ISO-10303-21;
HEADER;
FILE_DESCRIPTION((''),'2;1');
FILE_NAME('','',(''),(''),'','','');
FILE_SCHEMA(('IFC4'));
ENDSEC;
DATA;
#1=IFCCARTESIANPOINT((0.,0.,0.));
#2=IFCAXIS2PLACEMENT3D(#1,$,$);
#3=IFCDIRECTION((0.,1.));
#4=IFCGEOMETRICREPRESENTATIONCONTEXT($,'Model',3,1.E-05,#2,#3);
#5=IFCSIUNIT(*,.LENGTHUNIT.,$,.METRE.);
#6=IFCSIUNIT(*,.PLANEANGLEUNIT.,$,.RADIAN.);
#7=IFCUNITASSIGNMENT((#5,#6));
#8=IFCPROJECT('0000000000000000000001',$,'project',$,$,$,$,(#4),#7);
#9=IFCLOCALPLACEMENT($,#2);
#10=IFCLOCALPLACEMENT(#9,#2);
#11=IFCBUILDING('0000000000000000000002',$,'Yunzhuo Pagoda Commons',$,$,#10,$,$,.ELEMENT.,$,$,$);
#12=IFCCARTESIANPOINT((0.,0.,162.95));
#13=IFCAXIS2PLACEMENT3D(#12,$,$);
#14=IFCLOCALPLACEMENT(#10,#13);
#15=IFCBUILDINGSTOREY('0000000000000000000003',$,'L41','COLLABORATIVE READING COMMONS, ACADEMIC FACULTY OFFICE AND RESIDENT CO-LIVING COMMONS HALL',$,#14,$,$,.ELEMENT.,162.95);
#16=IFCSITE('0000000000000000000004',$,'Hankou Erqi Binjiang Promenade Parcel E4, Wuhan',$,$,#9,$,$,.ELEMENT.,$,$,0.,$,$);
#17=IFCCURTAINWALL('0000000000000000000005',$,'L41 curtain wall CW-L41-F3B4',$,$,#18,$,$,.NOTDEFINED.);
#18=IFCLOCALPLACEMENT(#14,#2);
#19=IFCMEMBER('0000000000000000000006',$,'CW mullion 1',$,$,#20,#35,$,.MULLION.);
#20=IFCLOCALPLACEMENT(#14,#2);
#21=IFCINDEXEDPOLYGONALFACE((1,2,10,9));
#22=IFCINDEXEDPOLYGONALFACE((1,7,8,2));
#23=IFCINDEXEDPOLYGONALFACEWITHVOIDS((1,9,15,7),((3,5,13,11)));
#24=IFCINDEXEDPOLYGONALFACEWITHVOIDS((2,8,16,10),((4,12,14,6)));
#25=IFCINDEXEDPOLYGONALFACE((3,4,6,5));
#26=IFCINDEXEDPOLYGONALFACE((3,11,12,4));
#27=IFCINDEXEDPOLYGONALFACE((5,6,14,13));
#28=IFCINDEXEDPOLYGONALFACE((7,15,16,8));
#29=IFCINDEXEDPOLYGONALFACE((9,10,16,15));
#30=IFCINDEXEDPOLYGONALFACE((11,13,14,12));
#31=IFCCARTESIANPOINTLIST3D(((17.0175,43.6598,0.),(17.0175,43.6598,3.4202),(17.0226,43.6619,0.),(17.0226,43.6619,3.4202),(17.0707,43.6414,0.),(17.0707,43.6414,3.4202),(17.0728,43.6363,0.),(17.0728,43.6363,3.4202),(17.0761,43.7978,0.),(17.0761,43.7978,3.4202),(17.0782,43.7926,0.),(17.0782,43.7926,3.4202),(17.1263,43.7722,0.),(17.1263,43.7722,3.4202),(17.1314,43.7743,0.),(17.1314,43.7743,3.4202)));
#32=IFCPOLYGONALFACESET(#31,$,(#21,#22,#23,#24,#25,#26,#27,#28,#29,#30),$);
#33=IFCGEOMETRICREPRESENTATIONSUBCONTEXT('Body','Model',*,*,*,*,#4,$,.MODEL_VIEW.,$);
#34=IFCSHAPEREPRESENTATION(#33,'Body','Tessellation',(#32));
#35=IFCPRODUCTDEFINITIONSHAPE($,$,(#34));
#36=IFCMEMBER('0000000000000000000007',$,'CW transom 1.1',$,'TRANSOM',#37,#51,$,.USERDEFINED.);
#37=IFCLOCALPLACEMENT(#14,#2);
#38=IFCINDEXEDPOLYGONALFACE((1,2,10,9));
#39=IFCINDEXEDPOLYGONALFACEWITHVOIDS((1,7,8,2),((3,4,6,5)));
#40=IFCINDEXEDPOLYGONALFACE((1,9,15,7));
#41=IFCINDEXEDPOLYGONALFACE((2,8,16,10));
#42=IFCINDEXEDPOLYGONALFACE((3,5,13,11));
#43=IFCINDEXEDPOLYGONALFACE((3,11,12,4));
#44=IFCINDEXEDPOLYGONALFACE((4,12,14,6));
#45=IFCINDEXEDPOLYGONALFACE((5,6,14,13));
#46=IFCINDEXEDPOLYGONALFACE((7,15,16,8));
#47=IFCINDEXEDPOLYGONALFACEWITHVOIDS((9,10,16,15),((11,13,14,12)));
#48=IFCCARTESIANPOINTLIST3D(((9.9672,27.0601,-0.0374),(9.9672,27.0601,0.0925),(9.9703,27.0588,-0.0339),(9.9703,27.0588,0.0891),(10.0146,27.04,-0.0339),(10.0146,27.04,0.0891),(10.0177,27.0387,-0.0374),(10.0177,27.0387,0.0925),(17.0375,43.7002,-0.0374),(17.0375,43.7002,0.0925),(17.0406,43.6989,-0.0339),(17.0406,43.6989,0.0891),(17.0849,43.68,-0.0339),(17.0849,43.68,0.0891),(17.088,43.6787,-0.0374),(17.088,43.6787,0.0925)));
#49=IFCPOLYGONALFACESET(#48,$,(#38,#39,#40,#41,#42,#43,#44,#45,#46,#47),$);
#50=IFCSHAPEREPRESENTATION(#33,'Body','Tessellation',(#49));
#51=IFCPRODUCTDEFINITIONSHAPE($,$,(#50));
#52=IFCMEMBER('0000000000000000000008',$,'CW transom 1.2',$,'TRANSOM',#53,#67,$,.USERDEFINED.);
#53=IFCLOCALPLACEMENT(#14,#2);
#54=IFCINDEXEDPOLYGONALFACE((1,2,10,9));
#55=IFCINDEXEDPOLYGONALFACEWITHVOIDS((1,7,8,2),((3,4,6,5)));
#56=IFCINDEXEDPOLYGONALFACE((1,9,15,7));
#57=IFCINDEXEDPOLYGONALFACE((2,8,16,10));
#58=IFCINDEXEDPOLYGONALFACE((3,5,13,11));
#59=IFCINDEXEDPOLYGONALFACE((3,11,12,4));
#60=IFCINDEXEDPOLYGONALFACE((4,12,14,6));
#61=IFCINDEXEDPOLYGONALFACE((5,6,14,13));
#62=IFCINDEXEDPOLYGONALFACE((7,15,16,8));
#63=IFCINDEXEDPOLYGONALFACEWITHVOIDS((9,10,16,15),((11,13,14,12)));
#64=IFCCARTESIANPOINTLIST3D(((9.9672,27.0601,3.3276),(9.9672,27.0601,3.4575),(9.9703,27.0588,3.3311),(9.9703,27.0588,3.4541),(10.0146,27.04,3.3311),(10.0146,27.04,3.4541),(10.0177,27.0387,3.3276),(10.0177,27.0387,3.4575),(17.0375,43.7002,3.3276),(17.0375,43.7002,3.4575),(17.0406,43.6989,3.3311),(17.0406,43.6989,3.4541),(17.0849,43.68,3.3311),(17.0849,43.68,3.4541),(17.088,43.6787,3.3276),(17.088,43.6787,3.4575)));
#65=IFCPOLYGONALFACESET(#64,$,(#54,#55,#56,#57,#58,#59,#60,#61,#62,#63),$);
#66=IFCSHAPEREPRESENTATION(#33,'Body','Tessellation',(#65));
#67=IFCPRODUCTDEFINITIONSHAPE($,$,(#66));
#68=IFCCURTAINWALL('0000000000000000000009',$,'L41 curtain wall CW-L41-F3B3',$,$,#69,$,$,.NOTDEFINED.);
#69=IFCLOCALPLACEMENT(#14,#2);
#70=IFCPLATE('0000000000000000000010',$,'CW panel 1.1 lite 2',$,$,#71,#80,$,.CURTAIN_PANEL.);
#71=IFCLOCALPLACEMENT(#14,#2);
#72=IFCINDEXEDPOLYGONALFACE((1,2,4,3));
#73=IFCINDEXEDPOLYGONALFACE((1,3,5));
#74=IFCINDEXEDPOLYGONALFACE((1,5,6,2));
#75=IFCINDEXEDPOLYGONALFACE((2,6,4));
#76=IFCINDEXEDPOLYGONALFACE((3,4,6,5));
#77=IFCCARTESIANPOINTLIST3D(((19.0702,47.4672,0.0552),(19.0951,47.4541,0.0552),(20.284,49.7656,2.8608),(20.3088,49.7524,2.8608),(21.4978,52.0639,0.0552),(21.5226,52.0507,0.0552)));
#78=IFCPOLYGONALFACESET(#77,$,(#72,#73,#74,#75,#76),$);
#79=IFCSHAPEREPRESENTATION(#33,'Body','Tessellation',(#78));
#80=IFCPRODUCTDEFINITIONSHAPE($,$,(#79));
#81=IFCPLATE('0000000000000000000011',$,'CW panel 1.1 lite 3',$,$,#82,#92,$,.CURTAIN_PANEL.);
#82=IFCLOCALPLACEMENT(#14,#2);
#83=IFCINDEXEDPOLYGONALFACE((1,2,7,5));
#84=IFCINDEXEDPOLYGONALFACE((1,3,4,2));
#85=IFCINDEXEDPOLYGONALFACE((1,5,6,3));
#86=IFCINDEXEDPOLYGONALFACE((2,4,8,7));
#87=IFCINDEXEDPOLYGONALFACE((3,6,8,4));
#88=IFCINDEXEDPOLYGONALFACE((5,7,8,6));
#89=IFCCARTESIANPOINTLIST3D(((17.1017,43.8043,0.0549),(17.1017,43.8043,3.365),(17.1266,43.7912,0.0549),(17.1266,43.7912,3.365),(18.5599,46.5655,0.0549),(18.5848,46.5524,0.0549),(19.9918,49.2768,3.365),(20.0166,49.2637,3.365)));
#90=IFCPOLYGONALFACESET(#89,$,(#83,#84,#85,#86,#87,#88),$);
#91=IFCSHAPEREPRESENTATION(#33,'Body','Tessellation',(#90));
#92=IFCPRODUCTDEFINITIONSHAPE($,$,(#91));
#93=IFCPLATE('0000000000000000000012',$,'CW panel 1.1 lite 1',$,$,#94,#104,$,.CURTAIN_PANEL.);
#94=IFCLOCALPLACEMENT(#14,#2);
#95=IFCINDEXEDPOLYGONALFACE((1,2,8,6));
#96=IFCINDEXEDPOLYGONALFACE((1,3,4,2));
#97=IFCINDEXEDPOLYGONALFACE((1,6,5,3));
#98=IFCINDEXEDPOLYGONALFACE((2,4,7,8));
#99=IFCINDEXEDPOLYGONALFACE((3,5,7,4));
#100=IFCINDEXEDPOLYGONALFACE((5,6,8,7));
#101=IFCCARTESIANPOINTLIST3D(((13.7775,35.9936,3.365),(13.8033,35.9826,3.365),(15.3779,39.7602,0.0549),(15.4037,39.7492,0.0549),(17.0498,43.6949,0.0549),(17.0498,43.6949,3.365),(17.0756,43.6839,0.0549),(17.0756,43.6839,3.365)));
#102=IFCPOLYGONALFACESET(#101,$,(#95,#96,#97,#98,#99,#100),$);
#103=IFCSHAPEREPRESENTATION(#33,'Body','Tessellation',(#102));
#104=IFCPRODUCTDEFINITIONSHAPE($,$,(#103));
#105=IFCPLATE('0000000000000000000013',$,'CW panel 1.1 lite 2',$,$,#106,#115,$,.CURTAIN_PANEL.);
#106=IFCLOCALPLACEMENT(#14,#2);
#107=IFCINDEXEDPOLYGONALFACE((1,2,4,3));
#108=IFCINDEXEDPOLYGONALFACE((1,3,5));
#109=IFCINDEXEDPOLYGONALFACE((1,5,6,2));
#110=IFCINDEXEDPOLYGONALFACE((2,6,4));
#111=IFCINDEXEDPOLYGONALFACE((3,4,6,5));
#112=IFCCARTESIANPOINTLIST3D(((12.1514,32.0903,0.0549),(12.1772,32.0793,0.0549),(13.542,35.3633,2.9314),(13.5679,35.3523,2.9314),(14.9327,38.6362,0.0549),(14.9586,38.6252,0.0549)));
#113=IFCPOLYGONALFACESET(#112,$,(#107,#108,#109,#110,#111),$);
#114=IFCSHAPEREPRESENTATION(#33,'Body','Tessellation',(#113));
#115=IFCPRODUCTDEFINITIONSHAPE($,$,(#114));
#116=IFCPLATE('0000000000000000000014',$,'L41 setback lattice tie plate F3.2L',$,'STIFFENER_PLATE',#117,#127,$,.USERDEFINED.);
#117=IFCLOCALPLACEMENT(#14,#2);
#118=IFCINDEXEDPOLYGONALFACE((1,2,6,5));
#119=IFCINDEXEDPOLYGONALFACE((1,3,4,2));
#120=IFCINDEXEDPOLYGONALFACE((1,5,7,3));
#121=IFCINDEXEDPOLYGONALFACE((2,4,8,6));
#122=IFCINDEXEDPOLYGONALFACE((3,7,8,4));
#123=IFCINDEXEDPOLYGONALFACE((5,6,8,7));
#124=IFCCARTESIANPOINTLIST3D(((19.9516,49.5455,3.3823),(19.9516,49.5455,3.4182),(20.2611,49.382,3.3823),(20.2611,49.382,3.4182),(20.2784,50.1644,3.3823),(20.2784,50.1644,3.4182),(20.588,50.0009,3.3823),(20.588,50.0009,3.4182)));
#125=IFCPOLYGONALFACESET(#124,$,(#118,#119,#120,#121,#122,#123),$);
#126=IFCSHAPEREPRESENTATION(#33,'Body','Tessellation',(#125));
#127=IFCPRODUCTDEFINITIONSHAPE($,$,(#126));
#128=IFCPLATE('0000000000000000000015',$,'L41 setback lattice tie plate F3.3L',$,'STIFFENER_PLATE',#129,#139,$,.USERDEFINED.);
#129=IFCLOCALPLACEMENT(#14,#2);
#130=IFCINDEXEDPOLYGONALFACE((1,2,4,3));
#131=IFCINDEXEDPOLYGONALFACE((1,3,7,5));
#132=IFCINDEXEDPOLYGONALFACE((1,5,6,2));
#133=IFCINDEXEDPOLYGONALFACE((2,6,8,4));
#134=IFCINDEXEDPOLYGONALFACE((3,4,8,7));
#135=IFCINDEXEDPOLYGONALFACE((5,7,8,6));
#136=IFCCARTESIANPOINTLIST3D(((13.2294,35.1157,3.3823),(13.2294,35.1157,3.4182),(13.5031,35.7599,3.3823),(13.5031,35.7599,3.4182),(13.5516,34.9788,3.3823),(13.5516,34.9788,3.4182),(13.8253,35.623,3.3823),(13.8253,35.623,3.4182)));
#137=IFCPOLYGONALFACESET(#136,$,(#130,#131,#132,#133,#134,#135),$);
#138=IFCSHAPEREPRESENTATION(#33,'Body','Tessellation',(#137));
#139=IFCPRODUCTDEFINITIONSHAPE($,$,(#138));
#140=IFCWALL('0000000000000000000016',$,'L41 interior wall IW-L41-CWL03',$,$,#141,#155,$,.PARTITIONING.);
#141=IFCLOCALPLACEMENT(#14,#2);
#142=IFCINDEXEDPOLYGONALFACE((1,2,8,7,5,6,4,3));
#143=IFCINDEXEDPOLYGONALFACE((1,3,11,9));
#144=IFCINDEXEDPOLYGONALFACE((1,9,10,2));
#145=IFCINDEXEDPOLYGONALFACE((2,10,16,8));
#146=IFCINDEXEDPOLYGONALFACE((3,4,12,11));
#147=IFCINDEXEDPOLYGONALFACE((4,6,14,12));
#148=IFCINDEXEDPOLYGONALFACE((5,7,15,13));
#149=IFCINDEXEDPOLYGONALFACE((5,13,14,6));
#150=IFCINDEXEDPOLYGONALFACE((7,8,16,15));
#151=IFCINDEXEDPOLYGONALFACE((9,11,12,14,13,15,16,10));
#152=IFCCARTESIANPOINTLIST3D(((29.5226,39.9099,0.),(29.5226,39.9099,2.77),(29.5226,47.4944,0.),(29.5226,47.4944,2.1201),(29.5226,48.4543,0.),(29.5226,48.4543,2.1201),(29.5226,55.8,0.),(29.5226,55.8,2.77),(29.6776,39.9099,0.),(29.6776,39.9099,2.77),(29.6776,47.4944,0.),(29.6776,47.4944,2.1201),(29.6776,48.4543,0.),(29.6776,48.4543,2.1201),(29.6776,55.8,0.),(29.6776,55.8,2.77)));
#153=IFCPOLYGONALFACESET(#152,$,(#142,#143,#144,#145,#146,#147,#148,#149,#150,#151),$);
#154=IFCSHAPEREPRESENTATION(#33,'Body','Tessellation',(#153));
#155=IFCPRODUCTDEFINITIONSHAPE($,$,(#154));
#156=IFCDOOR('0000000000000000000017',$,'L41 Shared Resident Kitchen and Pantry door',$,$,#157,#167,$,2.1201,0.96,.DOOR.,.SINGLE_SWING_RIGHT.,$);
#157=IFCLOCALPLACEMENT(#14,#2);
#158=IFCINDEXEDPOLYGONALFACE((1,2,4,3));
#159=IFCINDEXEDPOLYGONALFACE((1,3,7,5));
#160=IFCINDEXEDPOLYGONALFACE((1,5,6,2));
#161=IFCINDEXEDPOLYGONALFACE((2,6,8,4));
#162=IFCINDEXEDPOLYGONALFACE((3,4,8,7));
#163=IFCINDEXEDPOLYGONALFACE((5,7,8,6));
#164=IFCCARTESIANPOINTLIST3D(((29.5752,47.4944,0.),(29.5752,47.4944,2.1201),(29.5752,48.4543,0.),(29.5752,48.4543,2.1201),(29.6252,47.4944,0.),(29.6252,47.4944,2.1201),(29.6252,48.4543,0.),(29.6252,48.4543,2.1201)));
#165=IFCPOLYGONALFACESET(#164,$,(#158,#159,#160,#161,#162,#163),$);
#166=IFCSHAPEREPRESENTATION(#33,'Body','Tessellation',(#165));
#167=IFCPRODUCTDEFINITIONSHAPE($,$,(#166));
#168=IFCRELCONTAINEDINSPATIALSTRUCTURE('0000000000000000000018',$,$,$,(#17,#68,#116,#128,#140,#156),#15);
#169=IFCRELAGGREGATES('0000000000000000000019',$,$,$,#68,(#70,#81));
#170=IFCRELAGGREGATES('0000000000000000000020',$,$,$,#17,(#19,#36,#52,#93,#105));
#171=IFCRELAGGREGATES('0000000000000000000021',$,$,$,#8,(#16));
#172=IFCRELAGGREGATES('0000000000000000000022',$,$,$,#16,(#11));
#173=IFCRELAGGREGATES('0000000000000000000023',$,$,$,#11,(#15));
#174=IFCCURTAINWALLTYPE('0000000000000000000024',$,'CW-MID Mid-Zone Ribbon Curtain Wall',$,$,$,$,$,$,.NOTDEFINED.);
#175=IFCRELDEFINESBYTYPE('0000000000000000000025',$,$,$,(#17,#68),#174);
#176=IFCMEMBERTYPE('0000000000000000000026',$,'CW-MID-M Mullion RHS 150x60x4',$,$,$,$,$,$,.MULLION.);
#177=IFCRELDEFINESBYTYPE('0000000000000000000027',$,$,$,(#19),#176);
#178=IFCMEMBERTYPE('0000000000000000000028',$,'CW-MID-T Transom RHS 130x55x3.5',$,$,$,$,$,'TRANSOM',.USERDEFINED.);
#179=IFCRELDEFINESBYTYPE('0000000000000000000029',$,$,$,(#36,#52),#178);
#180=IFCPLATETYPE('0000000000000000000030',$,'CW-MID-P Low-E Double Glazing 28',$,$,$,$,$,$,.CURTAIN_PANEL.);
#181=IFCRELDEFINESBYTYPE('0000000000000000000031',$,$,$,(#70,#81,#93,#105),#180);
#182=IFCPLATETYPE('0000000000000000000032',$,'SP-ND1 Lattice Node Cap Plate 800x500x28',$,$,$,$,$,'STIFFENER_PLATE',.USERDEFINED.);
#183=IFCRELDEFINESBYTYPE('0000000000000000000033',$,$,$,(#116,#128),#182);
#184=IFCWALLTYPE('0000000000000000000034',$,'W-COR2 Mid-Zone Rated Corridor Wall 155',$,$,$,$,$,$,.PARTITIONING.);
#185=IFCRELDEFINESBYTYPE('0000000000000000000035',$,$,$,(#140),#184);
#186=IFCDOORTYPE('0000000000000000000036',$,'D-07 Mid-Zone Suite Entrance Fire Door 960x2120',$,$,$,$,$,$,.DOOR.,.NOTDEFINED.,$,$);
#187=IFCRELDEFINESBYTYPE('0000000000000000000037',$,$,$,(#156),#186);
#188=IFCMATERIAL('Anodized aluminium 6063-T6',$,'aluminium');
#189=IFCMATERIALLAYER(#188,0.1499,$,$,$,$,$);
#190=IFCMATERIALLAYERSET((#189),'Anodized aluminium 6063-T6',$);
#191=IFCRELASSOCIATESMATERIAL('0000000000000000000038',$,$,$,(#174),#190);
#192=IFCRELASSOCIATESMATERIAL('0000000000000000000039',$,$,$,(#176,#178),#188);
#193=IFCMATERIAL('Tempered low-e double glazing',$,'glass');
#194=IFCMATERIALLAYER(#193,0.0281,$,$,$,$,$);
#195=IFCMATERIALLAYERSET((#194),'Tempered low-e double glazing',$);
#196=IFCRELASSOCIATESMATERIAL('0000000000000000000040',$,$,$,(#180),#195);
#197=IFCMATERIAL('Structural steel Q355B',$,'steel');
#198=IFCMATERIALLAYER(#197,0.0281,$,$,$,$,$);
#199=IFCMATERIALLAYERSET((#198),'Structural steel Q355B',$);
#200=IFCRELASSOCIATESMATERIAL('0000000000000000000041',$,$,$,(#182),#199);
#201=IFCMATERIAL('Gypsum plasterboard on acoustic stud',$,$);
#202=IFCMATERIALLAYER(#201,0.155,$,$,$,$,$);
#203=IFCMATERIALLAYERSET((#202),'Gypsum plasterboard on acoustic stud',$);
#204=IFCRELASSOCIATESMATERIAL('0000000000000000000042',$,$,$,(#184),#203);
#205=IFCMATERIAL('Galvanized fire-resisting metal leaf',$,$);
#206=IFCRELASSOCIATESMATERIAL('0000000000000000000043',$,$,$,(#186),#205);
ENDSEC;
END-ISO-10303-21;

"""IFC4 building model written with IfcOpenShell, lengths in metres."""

from ifc_helpers import new_model, si_unit, direction, frame, frame_2d, origin, origin_with_axes, origin_2d, place, context, subcontext, project, spatial, polyline, rectangle, hollow_rectangle, outline, extrude, source, transform, mapped, material, layer, layer_set, material_profile, profile_set, type_object, element, fill, aggregate, save


model = new_model("IFC4")

# Units and contexts
model_context = context("Model", 3, precision=1e-05, world=origin(), true_north=direction((0.0, 1.0)))
body_context = subcontext(model_context, "Body", "Model", "MODEL_VIEW")
ifc_project = project(units=[si_unit("LENGTHUNIT", "METRE"), si_unit("PLANEANGLEUNIT", "RADIAN")], contexts=[model_context])

# Site, building, storey
site_placement = place(None, origin())
site = spatial("IfcSite", under=ifc_project, at=site_placement, Name="Hankou Erqi Binjiang Promenade Parcel E4, Wuhan", CompositionType="ELEMENT", RefElevation=0.0)
building_placement = place(site_placement, origin())
building = spatial("IfcBuilding", under=site, at=building_placement, Name="Yunzhuo Pagoda Commons", CompositionType="ELEMENT")
storey_placement = place(building_placement, frame((0.0, 0.0, 162.95)))
storey = spatial("IfcBuildingStorey", under=building, at=storey_placement, Name="L41", Description="COLLABORATIVE READING COMMONS, ACADEMIC FACULTY OFFICE AND RESIDENT CO-LIVING COMMONS HALL", CompositionType="ELEMENT", Elevation=162.95)

# Shared definitions
ifc_material_1 = material(Name="Structural steel Q355B", Category="steel")

# Curtain wall, members
ifc_material_2 = material(Name="Anodized aluminium 6063-T6", Category="aluminium")
ifc_layer_1 = layer(ifc_material_2, 0.1499)
ifc_layer_set_1 = layer_set([ifc_layer_1], Name="Anodized aluminium 6063-T6")
curtain_wall_type = type_object("IfcCurtainWallType", Name="CW-MID Mid-Zone Ribbon Curtain Wall", PredefinedType="NOTDEFINED", material=ifc_layer_set_1)
curtain_wall_1_placement = place(storey_placement, origin())
curtain_wall_1 = element("IfcCurtainWall", 1, at=curtain_wall_1_placement, inside=storey, type_object=curtain_wall_type, Name="L41 curtain wall CW-L41-F3B4", PredefinedType="NOTDEFINED")
ifc_material_profile_1 = material_profile(ifc_material_2, hollow_rectangle(XDim=0.0601, YDim=0.1499, WallThickness=0.0039, at=origin_2d()), Name="Anodized aluminium 6063-T6")
ifc_profile_set_1 = profile_set([ifc_material_profile_1], Name="Anodized aluminium 6063-T6")
member_type_1 = type_object("IfcMemberType", Name="CW-MID-M Mullion RHS 150x60x4", PredefinedType="MULLION", material=ifc_profile_set_1)
shared_shape_1 = source(origin(), body_context, "Body", "SweptSolid", [
    extrude(hollow_rectangle(XDim=0.0601, YDim=0.1499, WallThickness=0.0039, at=origin_2d()), origin(), (0.0, 0.0, 1.0), 3.4202),
])
member_1_placement = place(storey_placement, frame((17.0745, 43.717, 0.0), z_axis=(0.0, 0.0, 1.0), x_axis=(0.920364, -0.391063, 0.0)))
member_1 = element("IfcMember", 2, at=member_1_placement, type_object=member_type_1, Name="CW mullion 1", PredefinedType="MULLION", context=body_context, shape_type="MappedRepresentation", body=[
    mapped(shared_shape_1, transform((0.0, 0.0, 0.0), scale=1.0)),
])
ifc_material_profile_2 = material_profile(ifc_material_2, hollow_rectangle(XDim=0.0549, YDim=0.1299, WallThickness=0.0034, at=origin_2d()), Name="Anodized aluminium 6063-T6")
ifc_profile_set_2 = profile_set([ifc_material_profile_2], Name="Anodized aluminium 6063-T6")
member_type_2 = type_object("IfcMemberType", Name="CW-MID-T Transom RHS 130x55x3.5", ElementType="TRANSOM", PredefinedType="USERDEFINED", material=ifc_profile_set_2)
shared_shape_2 = source(origin(), body_context, "Body", "SweptSolid", [
    extrude(hollow_rectangle(XDim=0.0549, YDim=0.1299, WallThickness=0.0034, at=origin_2d()), origin(), (0.0, 0.0, 1.0), 18.0798),
])
member_2_placement = place(storey_placement, frame((17.0627, 43.6895, 0.0276), z_axis=(-0.391059, -0.920366, 0.0), x_axis=(0.920366, -0.391059, 0.0)))
member_2 = element("IfcMember", 3, at=member_2_placement, type_object=member_type_2, Name="CW transom 1.1", ObjectType="TRANSOM", PredefinedType="USERDEFINED", context=body_context, shape_type="MappedRepresentation", body=[
    mapped(shared_shape_2, transform((0.0, 0.0, 0.0), scale=1.0)),
])
member_3_placement = place(storey_placement, frame((17.0627, 43.6895, 3.3926), z_axis=(-0.391059, -0.920366, 0.0), x_axis=(0.920366, -0.391059, 0.0)))
member_3 = element("IfcMember", 4, at=member_3_placement, type_object=member_type_2, Name="CW transom 1.2", ObjectType="TRANSOM", PredefinedType="USERDEFINED", context=body_context, shape_type="MappedRepresentation", body=[
    mapped(shared_shape_2, transform((0.0, 0.0, 0.0), scale=1.0)),
])

# Curtain wall, plates
curtain_wall_2_placement = place(storey_placement, origin())
curtain_wall_2 = element("IfcCurtainWall", 5, at=curtain_wall_2_placement, inside=storey, type_object=curtain_wall_type, Name="L41 curtain wall CW-L41-F3B3", PredefinedType="NOTDEFINED")
ifc_material_3 = material(Name="Tempered low-e double glazing", Category="glass")
ifc_layer_2 = layer(ifc_material_3, 0.0281)
ifc_layer_set_2 = layer_set([ifc_layer_2], Name="Tempered low-e double glazing")
plate_type_1 = type_object("IfcPlateType", Name="CW-MID-P Low-E Double Glazing 28", PredefinedType="CURTAIN_PANEL", material=ifc_layer_set_2)
plate_1_placement = place(storey_placement, frame((20.3088, 49.7524, 1.458), z_axis=(-0.884263, 0.46699, 0.0), x_axis=(-0.46699, -0.884263, 0.0)))
plate_1 = element("IfcPlate", 6, at=plate_1_placement, type_object=plate_type_1, Name="CW panel 1.1 lite 2", PredefinedType="CURTAIN_PANEL", context=body_context, shape_type="SweptSolid", body=[
    extrude(outline(polyline([(-2.5991, -1.4028), (2.5991, -1.4028), (0.0, 1.4028), (-2.5991, -1.4028)])), origin(), (0.0, 0.0, 1.0), 0.0281),
])
plate_2_placement = place(storey_placement, frame((18.5715, 46.5273, 1.71), z_axis=(-0.884263, 0.46699, 0.0), x_axis=(-0.46699, -0.884263, 0.0)))
plate_2 = element("IfcPlate", 7, at=plate_2_placement, type_object=plate_type_1, Name="CW panel 1.1 lite 3", PredefinedType="CURTAIN_PANEL", context=body_context, shape_type="SweptSolid", body=[
    extrude(outline(polyline([(-3.0945, 1.655), (-0.0283, -1.655), (3.0942, -1.655), (3.0942, 1.655), (-3.0945, 1.655)])), origin(), (0.0, 0.0, 1.0), 0.0281),
])
aggregate(curtain_wall_2, [plate_1, plate_2])

# Plates
plate_3_placement = place(storey_placement, frame((15.4395, 39.8333, 1.71), z_axis=(-0.920364, 0.391063, 0.0), x_axis=(-0.391063, -0.920364, 0.0)))
plate_3 = element("IfcPlate", 8, at=plate_3_placement, type_object=plate_type_1, Name="CW panel 1.1 lite 1", PredefinedType="CURTAIN_PANEL", context=body_context, shape_type="SweptSolid", body=[
    extrude(outline(polyline([(-4.1838, -1.655), (0.0913, -1.655), (4.1838, 1.655), (-4.1838, 1.655), (-4.1838, -1.655)])), origin(), (0.0, 0.0, 1.0), 0.0281),
])
plate_4_placement = place(storey_placement, frame((13.5679, 35.3523, 1.4932), z_axis=(-0.920364, 0.391063, 0.0), x_axis=(-0.391063, -0.920364, 0.0)))
plate_4 = element("IfcPlate", 9, at=plate_4_placement, type_object=plate_type_1, Name="CW panel 1.1 lite 2", PredefinedType="CURTAIN_PANEL", context=body_context, shape_type="SweptSolid", body=[
    extrude(outline(polyline([(-3.5562, -1.4382), (3.5562, -1.4382), (0.0, 1.4382), (-3.5562, -1.4382)])), origin(), (0.0, 0.0, 1.0), 0.0281),
])
aggregate(curtain_wall_1, [member_1, member_2, member_3, plate_3, plate_4])

# Plates
ifc_layer_3 = layer(ifc_material_1, 0.0281)
ifc_layer_set_3 = layer_set([ifc_layer_3], Name="Structural steel Q355B")
plate_type_2 = type_object("IfcPlateType", Name="SP-ND1 Lattice Node Cap Plate 800x500x28", ElementType="STIFFENER_PLATE", PredefinedType="USERDEFINED", material=ifc_layer_set_3)
shared_shape_3 = source(origin(), body_context, "Body", "SweptSolid", [
    extrude(rectangle(XDim=0.7, YDim=0.3501, at=origin_2d()), origin(), (0.0, 0.0, 1.0), 0.0359),
])
for number, where, z_axis, x_axis, name in (
    (10, (20.2698, 49.7732, 3.3823), (0.0, 0.0, 1.0), (-0.466989, -0.884263, 0.0), "L41 setback lattice tie plate F3.2L"),
    (11, (13.5273, 35.3694, 3.3823), (0.0, 0.0, 1.0), (-0.391068, -0.920362, 0.0), "L41 setback lattice tie plate F3.3L"),
):
    element("IfcPlate", number, at=place(storey_placement, frame(where, z_axis=z_axis, x_axis=x_axis)), inside=storey, type_object=plate_type_2, Name=name, ObjectType="STIFFENER_PLATE", PredefinedType="USERDEFINED", context=body_context, shape_type="MappedRepresentation", body=[
        mapped(shared_shape_3, transform((0.0, 0.0, 0.0), scale=1.0)),
    ])

# Wall, opening, door
ifc_material_4 = material(Name="Gypsum plasterboard on acoustic stud")
ifc_layer_4 = layer(ifc_material_4, 0.155)
ifc_layer_set_4 = layer_set([ifc_layer_4], Name="Gypsum plasterboard on acoustic stud")
wall_type_1 = type_object("IfcWallType", Name="W-COR2 Mid-Zone Rated Corridor Wall 155", PredefinedType="PARTITIONING", material=ifc_layer_set_4)
wall_1_placement = place(storey_placement, frame((29.6001, 39.9099, 0.0), z_axis=(0.0, 0.0, 1.0), x_axis=(0.0, 1.0, 0.0)))
wall_1 = element("IfcWall", 12, at=wall_1_placement, inside=storey, type_object=wall_type_1, Name="L41 interior wall IW-L41-CWL03", PredefinedType="PARTITIONING", context=body_context, shape_type="SweptSolid", body=[
    extrude(rectangle(XDim=15.8901, YDim=0.155, at=frame_2d((7.9451, 0.0))), origin(), (0.0, 0.0, 1.0), 2.77),
])
opening_placement = place(wall_1_placement, frame((7.5845, 0.0, 0.0)))
opening = element("IfcOpeningElement", 13, at=opening_placement, cuts=wall_1, PredefinedType="OPENING", context=body_context, shape_type="SweptSolid", body=[
    extrude(rectangle(XDim=0.96, YDim=2.1201, at=frame_2d((0.48, 1.0601))), frame((0.0, 0.0874, 0.0), z_axis=(0.0, -1.0, 0.0), x_axis=(1.0, 0.0, 0.0)), (0.0, 0.0, 1.0), 0.175),
])
ifc_material_5 = material(Name="Galvanized fire-resisting metal leaf")
door_type = type_object("IfcDoorType", Name="D-07 Mid-Zone Suite Entrance Fire Door 960x2120", OperationType="NOTDEFINED", PredefinedType="DOOR", material=ifc_material_5)
shared_shape_4 = source(origin(), body_context, "Body", "SweptSolid", [
    extrude(rectangle(XDim=0.96, YDim=2.1201, at=frame_2d((0.48, 1.0601))), frame((0.0, 0.0249, 0.0), z_axis=(0.0, -1.0, 0.0), x_axis=(1.0, 0.0, 0.0)), (0.0, 0.0, 1.0), 0.05),
])
door_placement = place(opening_placement, origin_with_axes())
door = element("IfcDoor", 14, at=door_placement, inside=storey, type_object=door_type, Name="L41 Shared Resident Kitchen and Pantry door", OperationType="SINGLE_SWING_RIGHT", OverallHeight=2.1201, OverallWidth=0.96, PredefinedType="DOOR", context=body_context, shape_type="MappedRepresentation", body=[
    mapped(shared_shape_4, transform((0.0, 0.0, 0.0), scale=1.0)),
])
fill(opening, door)

save(model, "model.ifc")
